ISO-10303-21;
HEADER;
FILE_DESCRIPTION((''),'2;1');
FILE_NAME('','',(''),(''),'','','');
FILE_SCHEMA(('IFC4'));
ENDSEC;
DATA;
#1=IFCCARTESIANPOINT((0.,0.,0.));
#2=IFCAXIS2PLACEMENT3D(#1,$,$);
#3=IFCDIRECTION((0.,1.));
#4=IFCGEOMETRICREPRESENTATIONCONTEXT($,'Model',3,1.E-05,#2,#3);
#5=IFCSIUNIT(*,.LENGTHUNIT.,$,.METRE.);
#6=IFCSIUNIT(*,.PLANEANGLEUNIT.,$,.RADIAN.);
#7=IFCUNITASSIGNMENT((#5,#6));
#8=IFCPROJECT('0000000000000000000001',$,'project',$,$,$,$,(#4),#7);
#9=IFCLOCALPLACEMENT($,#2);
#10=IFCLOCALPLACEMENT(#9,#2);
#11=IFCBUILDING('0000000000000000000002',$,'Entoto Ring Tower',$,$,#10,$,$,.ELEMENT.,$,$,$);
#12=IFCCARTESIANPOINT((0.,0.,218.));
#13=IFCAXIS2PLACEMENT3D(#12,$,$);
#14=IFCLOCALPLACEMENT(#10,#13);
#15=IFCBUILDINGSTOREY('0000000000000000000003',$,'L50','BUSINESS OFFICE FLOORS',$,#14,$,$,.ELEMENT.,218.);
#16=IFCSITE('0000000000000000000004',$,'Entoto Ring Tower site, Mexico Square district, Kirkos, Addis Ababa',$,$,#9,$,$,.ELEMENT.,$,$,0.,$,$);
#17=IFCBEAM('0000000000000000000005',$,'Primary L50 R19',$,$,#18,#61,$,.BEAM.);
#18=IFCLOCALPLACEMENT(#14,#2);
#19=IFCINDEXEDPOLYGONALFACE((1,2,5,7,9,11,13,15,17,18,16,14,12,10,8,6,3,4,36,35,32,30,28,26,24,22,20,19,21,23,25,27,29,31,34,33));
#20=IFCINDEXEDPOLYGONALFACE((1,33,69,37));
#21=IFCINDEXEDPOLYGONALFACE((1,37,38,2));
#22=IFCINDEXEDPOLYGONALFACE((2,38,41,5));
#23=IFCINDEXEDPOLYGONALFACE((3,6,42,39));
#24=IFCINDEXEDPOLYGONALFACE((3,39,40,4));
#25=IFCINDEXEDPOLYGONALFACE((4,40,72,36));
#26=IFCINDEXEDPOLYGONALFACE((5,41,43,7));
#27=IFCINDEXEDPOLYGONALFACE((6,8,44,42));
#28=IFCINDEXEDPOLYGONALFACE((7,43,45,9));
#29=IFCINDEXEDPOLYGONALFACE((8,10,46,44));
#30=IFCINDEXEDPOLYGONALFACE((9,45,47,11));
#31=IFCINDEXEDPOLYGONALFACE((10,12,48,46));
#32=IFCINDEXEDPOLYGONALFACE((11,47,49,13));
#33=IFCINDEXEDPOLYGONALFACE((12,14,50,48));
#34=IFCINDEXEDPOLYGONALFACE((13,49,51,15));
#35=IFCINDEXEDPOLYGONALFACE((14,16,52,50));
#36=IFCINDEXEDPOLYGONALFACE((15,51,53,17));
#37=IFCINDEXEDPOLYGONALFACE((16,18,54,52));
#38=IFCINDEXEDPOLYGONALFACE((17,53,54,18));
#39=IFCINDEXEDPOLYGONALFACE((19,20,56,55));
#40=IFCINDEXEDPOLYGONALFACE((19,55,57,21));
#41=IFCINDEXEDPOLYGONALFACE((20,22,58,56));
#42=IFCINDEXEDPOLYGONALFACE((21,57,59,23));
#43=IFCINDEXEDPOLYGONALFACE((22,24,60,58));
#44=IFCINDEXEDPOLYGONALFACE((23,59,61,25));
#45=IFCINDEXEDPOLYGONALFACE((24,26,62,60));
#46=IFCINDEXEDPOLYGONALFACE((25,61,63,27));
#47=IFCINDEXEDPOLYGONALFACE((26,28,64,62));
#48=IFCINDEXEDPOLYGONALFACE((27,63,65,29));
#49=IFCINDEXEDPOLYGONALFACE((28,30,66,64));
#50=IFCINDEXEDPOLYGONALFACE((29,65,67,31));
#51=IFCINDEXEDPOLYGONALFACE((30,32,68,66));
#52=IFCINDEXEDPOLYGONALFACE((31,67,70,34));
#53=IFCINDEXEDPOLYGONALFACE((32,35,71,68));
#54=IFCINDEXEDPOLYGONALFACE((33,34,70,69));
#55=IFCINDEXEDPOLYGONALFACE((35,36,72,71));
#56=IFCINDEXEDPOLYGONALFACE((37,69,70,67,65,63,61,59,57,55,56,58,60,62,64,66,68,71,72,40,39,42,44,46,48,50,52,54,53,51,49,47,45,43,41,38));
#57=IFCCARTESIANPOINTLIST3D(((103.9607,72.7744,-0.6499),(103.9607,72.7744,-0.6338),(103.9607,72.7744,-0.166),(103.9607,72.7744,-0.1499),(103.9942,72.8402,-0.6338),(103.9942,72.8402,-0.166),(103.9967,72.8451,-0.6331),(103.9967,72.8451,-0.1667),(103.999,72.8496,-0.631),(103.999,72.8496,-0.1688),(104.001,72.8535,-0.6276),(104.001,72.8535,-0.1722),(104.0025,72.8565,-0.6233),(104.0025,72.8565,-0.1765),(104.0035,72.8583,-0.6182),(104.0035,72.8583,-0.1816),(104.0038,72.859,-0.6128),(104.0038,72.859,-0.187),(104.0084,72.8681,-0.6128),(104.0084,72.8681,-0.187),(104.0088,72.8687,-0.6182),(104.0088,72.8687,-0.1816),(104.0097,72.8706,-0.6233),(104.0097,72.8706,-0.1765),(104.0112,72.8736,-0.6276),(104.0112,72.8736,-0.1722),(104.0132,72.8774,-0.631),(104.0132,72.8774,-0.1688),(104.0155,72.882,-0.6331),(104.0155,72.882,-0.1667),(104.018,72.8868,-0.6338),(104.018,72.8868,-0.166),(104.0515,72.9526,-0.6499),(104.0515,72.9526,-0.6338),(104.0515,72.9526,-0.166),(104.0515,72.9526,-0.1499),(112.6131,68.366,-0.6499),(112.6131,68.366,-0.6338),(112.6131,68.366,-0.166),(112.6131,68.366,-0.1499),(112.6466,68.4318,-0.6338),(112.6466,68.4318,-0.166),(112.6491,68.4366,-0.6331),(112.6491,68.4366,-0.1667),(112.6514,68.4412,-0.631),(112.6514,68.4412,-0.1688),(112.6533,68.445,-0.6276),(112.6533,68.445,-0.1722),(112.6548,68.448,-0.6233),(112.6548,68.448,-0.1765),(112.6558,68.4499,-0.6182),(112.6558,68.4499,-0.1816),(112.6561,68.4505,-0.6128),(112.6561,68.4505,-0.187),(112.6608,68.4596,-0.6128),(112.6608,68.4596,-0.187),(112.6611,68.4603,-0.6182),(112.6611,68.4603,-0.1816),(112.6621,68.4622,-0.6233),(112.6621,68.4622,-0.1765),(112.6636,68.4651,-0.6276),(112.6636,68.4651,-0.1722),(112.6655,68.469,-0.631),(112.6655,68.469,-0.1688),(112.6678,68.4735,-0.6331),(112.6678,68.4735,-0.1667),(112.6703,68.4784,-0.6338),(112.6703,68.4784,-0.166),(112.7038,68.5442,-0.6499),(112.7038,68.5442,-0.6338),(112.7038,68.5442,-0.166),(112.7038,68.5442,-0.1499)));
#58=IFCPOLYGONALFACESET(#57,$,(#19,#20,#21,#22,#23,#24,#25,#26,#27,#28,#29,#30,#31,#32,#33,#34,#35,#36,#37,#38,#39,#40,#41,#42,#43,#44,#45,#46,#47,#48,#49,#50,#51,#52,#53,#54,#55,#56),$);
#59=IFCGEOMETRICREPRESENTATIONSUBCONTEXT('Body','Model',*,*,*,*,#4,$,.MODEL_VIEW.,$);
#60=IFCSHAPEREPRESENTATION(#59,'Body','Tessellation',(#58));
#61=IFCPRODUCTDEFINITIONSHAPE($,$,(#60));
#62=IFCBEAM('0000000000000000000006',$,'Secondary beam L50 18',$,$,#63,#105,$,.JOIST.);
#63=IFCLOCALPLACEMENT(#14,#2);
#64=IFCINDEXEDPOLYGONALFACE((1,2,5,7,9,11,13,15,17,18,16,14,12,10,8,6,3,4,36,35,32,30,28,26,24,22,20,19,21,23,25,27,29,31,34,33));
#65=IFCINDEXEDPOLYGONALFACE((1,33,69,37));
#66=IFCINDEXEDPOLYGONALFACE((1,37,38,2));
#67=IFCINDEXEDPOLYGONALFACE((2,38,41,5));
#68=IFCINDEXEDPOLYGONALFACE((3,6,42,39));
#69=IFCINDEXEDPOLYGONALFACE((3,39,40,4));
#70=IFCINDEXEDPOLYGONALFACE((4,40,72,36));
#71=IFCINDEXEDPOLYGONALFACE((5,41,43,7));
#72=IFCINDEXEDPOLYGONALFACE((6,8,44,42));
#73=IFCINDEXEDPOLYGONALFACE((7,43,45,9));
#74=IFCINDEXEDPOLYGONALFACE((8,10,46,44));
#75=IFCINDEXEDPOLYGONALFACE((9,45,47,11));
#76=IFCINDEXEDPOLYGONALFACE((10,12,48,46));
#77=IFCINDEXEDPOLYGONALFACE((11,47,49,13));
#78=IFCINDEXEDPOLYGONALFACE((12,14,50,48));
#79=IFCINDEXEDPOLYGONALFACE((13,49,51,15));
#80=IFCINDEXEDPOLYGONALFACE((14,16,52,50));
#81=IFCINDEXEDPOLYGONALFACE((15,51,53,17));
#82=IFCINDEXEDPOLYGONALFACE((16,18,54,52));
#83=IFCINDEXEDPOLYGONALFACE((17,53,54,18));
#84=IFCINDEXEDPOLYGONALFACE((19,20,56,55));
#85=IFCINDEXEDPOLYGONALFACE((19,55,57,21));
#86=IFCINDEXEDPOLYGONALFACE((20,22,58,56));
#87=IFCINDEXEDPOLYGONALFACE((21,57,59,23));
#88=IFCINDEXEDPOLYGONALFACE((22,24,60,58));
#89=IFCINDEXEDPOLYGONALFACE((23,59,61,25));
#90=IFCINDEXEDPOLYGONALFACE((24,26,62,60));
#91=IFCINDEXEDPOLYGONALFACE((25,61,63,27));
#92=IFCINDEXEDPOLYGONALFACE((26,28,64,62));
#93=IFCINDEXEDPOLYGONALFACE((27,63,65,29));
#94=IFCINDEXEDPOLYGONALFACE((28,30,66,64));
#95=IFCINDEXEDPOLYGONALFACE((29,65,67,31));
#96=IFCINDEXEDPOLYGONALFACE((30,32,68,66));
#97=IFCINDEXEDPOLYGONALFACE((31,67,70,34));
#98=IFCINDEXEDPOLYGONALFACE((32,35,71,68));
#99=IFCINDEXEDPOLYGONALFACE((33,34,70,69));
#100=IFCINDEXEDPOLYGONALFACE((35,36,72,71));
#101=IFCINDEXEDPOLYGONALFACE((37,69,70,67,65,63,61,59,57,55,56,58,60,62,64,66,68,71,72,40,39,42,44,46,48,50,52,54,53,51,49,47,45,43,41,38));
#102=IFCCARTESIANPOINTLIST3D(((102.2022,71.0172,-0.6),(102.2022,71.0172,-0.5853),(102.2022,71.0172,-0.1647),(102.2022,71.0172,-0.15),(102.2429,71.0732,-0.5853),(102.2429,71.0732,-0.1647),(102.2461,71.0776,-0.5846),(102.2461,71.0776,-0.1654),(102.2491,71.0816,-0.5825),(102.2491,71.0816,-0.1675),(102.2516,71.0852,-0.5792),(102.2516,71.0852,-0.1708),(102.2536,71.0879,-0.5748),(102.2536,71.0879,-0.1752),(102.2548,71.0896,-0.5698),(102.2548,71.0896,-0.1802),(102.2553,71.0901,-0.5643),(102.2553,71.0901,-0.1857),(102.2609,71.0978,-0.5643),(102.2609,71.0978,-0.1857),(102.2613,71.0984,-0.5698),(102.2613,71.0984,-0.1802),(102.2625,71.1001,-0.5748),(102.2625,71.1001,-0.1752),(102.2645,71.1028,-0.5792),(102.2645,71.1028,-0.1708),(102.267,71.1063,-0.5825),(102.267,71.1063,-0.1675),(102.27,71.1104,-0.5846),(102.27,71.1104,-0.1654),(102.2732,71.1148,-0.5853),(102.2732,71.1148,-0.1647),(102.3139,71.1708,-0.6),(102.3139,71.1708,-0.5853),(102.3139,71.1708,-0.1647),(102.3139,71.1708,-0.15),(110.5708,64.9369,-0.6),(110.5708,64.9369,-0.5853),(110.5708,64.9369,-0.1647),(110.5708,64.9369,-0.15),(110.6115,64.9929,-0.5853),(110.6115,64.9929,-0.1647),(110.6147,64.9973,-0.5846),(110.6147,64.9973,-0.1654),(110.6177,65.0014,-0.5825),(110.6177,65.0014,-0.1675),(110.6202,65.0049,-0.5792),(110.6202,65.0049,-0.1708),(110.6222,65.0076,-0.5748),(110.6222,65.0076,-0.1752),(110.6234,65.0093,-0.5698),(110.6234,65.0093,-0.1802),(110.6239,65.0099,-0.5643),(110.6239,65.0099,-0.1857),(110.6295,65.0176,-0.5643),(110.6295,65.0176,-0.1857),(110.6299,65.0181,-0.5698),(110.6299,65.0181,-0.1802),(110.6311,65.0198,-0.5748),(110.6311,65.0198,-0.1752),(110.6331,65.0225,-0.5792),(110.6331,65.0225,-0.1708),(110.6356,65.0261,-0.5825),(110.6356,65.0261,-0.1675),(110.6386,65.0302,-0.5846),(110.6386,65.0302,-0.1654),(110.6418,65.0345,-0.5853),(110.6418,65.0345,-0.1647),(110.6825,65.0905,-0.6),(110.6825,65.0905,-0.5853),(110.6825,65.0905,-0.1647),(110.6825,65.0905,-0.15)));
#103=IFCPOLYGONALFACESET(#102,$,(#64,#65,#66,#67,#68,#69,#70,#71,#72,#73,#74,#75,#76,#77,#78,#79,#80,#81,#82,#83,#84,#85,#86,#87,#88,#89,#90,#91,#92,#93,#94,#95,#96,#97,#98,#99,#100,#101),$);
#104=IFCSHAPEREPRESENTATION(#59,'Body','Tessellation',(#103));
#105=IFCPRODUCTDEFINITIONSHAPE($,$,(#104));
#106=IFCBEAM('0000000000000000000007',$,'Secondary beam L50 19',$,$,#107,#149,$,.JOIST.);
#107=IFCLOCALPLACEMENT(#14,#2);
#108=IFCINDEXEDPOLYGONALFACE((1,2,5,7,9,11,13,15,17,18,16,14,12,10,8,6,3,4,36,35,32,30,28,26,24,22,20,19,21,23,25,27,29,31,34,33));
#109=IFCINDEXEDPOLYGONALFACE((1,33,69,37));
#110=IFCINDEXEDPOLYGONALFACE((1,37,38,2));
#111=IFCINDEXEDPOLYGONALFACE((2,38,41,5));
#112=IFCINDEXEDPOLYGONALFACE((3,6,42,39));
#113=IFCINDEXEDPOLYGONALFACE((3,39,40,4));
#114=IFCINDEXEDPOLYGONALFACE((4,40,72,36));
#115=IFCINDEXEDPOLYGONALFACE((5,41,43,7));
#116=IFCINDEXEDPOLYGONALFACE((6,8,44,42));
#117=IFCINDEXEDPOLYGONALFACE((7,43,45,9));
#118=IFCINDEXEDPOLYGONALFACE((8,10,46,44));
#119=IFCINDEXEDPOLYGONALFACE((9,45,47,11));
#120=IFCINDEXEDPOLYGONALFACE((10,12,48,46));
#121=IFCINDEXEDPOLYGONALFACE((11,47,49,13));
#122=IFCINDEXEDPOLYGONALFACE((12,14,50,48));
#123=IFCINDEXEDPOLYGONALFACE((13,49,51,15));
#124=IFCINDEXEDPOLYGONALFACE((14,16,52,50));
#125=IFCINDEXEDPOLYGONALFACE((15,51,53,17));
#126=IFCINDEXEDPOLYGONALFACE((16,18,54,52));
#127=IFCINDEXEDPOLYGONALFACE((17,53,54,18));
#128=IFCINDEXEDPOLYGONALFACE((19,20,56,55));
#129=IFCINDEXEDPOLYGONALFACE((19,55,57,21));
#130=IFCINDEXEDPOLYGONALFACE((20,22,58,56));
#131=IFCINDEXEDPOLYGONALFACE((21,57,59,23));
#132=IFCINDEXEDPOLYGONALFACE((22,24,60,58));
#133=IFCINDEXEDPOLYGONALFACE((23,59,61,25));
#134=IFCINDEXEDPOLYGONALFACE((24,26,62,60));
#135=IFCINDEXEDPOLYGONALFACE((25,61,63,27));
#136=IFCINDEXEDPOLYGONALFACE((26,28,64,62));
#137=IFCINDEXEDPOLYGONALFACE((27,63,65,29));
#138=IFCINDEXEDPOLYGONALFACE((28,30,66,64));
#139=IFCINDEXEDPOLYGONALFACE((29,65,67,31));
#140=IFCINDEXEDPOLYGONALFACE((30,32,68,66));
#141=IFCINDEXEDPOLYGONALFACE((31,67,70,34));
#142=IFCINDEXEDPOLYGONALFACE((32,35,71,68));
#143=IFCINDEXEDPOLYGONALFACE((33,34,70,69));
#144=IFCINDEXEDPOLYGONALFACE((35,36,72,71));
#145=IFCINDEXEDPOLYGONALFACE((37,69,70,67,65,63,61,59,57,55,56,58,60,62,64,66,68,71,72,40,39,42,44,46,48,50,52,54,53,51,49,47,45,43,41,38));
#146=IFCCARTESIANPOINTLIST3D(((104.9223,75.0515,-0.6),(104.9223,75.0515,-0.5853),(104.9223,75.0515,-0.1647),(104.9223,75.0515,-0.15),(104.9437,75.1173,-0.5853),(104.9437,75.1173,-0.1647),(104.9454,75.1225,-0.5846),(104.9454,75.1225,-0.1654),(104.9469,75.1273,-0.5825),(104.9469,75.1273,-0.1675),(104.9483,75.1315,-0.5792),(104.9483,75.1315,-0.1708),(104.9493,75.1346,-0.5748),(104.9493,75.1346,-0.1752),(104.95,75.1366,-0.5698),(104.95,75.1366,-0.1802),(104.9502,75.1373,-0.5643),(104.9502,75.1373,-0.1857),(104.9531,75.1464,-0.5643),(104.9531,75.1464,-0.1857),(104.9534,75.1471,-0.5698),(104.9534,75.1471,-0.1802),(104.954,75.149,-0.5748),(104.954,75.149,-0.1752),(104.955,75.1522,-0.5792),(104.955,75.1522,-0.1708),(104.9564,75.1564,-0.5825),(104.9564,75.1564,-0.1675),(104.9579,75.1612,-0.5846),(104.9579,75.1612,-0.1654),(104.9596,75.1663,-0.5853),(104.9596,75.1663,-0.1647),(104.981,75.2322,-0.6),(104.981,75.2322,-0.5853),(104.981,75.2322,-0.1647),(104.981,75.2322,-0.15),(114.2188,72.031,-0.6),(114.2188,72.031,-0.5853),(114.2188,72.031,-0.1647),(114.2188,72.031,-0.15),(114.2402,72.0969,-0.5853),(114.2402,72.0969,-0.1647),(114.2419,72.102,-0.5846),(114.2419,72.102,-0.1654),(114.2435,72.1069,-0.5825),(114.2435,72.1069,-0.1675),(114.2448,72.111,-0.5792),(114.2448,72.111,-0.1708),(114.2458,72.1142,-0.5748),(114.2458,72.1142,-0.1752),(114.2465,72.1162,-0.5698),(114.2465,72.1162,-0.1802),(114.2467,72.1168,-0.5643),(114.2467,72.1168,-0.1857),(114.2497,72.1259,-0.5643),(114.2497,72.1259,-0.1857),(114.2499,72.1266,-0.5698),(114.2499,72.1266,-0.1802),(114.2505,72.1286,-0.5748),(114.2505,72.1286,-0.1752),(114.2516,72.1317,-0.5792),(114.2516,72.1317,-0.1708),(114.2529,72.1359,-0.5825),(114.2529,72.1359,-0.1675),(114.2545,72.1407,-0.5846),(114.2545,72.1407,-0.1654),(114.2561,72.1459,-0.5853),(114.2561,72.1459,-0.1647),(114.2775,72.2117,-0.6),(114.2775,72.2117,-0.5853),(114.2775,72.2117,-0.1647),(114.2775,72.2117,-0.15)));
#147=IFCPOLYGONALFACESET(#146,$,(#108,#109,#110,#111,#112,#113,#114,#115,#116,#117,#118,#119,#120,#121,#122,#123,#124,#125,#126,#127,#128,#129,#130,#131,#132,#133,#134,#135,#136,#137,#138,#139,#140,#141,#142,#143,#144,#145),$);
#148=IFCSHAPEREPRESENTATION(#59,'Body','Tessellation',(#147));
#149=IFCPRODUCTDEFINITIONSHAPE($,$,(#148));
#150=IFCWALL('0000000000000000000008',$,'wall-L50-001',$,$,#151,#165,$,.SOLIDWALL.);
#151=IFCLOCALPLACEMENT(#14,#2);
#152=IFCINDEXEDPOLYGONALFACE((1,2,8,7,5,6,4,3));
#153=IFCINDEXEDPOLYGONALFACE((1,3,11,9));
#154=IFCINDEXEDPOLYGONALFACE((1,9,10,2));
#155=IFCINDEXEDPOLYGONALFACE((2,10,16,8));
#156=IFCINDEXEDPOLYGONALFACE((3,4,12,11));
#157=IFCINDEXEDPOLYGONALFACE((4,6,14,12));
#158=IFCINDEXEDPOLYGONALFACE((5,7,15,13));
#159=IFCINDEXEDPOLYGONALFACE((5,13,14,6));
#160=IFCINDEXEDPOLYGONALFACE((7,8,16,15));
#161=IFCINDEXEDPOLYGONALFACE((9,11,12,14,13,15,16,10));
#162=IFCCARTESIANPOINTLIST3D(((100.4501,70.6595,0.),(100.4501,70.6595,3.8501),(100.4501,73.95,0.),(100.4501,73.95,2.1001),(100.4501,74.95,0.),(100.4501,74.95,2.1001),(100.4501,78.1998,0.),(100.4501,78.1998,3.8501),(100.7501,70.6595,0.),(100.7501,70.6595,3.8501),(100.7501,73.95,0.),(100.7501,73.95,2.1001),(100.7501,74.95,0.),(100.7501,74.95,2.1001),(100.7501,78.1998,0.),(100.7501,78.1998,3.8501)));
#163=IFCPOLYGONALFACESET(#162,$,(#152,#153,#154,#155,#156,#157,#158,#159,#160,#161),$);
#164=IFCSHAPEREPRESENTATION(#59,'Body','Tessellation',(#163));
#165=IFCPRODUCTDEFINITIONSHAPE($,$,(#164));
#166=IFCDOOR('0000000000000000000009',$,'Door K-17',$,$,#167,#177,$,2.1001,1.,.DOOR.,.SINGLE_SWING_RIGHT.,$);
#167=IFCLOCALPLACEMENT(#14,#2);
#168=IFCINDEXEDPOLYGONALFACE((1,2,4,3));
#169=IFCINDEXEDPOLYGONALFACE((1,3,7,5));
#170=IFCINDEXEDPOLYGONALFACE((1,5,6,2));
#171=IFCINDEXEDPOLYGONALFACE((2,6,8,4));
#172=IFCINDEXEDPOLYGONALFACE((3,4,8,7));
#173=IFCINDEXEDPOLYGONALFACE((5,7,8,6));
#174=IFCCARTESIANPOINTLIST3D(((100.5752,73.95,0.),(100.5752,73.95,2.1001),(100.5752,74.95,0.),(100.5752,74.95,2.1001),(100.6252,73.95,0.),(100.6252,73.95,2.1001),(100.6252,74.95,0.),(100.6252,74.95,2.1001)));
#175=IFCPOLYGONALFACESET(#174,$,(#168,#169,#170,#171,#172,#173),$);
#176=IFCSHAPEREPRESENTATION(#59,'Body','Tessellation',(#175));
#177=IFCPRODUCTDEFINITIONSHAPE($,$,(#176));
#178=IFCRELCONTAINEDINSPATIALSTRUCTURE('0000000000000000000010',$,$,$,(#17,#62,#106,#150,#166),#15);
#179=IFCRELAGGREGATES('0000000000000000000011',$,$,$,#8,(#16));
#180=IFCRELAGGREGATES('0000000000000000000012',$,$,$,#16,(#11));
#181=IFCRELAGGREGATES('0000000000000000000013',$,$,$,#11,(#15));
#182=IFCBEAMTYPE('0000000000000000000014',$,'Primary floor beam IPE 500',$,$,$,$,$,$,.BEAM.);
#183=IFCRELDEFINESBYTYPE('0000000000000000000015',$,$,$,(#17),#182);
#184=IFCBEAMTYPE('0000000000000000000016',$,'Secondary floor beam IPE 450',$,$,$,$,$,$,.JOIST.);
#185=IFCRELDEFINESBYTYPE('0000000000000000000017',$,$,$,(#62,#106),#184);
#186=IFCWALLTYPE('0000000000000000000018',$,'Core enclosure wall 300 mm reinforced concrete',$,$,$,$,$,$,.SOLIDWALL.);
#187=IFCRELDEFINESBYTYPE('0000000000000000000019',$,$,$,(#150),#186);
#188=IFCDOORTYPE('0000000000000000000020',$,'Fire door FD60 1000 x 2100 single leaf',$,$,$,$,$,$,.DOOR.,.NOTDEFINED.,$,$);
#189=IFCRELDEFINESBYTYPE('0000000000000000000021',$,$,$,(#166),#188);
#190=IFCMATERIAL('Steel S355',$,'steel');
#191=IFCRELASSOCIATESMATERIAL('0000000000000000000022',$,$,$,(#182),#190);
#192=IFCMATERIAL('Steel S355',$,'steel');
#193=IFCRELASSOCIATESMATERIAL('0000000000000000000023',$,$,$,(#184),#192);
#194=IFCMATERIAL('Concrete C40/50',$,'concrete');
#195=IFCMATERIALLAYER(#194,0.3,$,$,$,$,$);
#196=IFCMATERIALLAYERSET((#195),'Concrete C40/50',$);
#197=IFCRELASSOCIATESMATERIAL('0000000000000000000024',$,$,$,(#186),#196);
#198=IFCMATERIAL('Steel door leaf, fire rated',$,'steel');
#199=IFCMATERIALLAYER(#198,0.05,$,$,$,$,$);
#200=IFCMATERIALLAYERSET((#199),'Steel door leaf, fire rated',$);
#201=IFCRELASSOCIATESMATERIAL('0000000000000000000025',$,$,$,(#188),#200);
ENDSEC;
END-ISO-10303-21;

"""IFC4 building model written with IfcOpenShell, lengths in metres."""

from ifc_helpers import new_model, si_unit, direction, frame, frame_2d, origin, origin_2d, place, context, subcontext, project, spatial, rectangle, i_section, extrude, material, layer, layer_set, material_profile, profile_set, type_object, element, fill, save


model = new_model("IFC4")

# Units and contexts
model_context = context("Model", 3, precision=1e-05, world=origin(), true_north=direction((0.0, 1.0)))
body_context = subcontext(model_context, "Body", "Model", "MODEL_VIEW")
ifc_project = project(units=[si_unit("LENGTHUNIT", "METRE"), si_unit("PLANEANGLEUNIT", "RADIAN")], contexts=[model_context])

# Site, building, storey
site_placement = place(None, origin())
site = spatial("IfcSite", under=ifc_project, at=site_placement, Name="Entoto Ring Tower site, Mexico Square district, Kirkos, Addis Ababa", CompositionType="ELEMENT", RefElevation=0.0)
building_placement = place(site_placement, origin())
building = spatial("IfcBuilding", under=site, at=building_placement, Name="Entoto Ring Tower", CompositionType="ELEMENT")
storey_placement = place(building_placement, frame((0.0, 0.0, 218.0)))
storey = spatial("IfcBuildingStorey", under=building, at=storey_placement, Name="L50", Description="BUSINESS OFFICE FLOORS", CompositionType="ELEMENT", Elevation=218.0)

# Beams
ifc_material_1 = material(Name="Steel S355", Category="steel")
ifc_material_profile_1 = material_profile(ifc_material_1, i_section(OverallWidth=0.2, OverallDepth=0.5, WebThickness=0.0103, FlangeThickness=0.0161, FilletRadius=0.021, at=origin_2d()), Name="IPE 500")
ifc_profile_set_1 = profile_set([ifc_material_profile_1], Name="Steel S355")
beam_type_1 = type_object("IfcBeamType", Name="Primary floor beam IPE 500", PredefinedType="BEAM", material=ifc_profile_set_1)
beam_1_placement = place(storey_placement, frame((104.0061, 72.8635, -0.3999), z_axis=(0.891012, -0.453979, 0.0), x_axis=(0.453979, 0.891012, 0.0)))
element("IfcBeam", 1, at=beam_1_placement, inside=storey, type_object=beam_type_1, Name="Primary L50 R19", PredefinedType="BEAM", context=body_context, shape_type="SweptSolid", body=[
    extrude(i_section(OverallWidth=0.2, OverallDepth=0.5, WebThickness=0.0103, FlangeThickness=0.0161, FilletRadius=0.021, at=origin_2d()), origin(), (0.0, 0.0, 1.0), 9.7107),
])
ifc_material_2 = material(Name="Steel S355", Category="steel")
ifc_material_profile_2 = material_profile(ifc_material_2, i_section(OverallWidth=0.1899, OverallDepth=0.45, WebThickness=0.0095, FlangeThickness=0.0146, FilletRadius=0.021, at=origin_2d()), Name="IPE 450")
ifc_profile_set_2 = profile_set([ifc_material_profile_2], Name="Steel S355")
beam_type_2 = type_object("IfcBeamType", Name="Secondary floor beam IPE 450", PredefinedType="JOIST", material=ifc_profile_set_2)
beam_2_placement = place(storey_placement, frame((102.2581, 71.094, -0.375), z_axis=(0.809011, -0.587794, 0.0), x_axis=(0.587794, 0.809011, 0.0)))
element("IfcBeam", 2, at=beam_2_placement, inside=storey, type_object=beam_type_2, Name="Secondary beam L50 18", PredefinedType="JOIST", context=body_context, shape_type="SweptSolid", body=[
    extrude(i_section(OverallWidth=0.1899, OverallDepth=0.45, WebThickness=0.0095, FlangeThickness=0.0146, FilletRadius=0.021, at=origin_2d()), origin(), (0.0, 0.0, 1.0), 10.3442),
])
beam_3_placement = place(storey_placement, frame((104.9517, 75.1418, -0.375), z_axis=(0.951061, -0.309003, 0.0), x_axis=(0.309003, 0.951061, 0.0)))
element("IfcBeam", 3, at=beam_3_placement, inside=storey, type_object=beam_type_2, Name="Secondary beam L50 19", PredefinedType="JOIST", context=body_context, shape_type="SweptSolid", body=[
    extrude(i_section(OverallWidth=0.1899, OverallDepth=0.45, WebThickness=0.0095, FlangeThickness=0.0146, FilletRadius=0.021, at=origin_2d()), origin(), (0.0, 0.0, 1.0), 9.7749),
])

# Wall, opening, door
ifc_material_3 = material(Name="Concrete C40/50", Category="concrete")
ifc_layer_1 = layer(ifc_material_3, 0.3)
ifc_layer_set_1 = layer_set([ifc_layer_1], Name="Concrete C40/50")
wall_type_1 = type_object("IfcWallType", Name="Core enclosure wall 300 mm reinforced concrete", PredefinedType="SOLIDWALL", material=ifc_layer_set_1)
wall_1_placement = place(storey_placement, frame((100.6001, 70.6597, 0.0), z_axis=(0.0, 0.0, 1.0), x_axis=(0.0, 1.0, 0.0)))
wall_1 = element("IfcWall", 4, at=wall_1_placement, inside=storey, type_object=wall_type_1, Name="wall-L50-001", PredefinedType="SOLIDWALL", context=body_context, shape_type="SweptSolid", body=[
    extrude(rectangle(XDim=7.5403, YDim=0.3, at=frame_2d((3.77, 0.0))), origin(), (0.0, 0.0, 1.0), 3.8501),
])
opening_1_placement = place(wall_1_placement, frame((3.2903, 0.0, 0.0)))
opening_1 = element("IfcOpeningElement", 5, at=opening_1_placement, cuts=wall_1, PredefinedType="OPENING", context=body_context, shape_type="SweptSolid", body=[
    extrude(rectangle(XDim=1.0, YDim=2.1001, at=frame_2d((0.5, 1.05))), frame((0.0, 0.1602, 0.0), z_axis=(0.0, -1.0, 0.0), x_axis=(1.0, 0.0, 0.0)), (0.0, 0.0, 1.0), 0.3201),
])
ifc_material_4 = material(Name="Steel door leaf, fire rated", Category="steel")
ifc_layer_2 = layer(ifc_material_4, 0.05)
ifc_layer_set_2 = layer_set([ifc_layer_2], Name="Steel door leaf, fire rated")
door_type_1 = type_object("IfcDoorType", Name="Fire door FD60 1000 x 2100 single leaf", OperationType="NOTDEFINED", PredefinedType="DOOR", material=ifc_layer_set_2)
door_1_placement = place(opening_1_placement, origin())
door_1 = element("IfcDoor", 6, at=door_1_placement, inside=storey, type_object=door_type_1, Name="Door K-17", OperationType="SINGLE_SWING_RIGHT", OverallHeight=2.1001, OverallWidth=1.0, PredefinedType="DOOR", context=body_context, shape_type="SweptSolid", body=[
    extrude(rectangle(XDim=1.0, YDim=2.1001, at=frame_2d((0.5, 1.05))), frame((0.0, 0.0249, 0.0), z_axis=(0.0, -1.0, 0.0), x_axis=(1.0, 0.0, 0.0)), (0.0, 0.0, 1.0), 0.05),
])
fill(opening_1, door_1)

save(model, "model.ifc")
